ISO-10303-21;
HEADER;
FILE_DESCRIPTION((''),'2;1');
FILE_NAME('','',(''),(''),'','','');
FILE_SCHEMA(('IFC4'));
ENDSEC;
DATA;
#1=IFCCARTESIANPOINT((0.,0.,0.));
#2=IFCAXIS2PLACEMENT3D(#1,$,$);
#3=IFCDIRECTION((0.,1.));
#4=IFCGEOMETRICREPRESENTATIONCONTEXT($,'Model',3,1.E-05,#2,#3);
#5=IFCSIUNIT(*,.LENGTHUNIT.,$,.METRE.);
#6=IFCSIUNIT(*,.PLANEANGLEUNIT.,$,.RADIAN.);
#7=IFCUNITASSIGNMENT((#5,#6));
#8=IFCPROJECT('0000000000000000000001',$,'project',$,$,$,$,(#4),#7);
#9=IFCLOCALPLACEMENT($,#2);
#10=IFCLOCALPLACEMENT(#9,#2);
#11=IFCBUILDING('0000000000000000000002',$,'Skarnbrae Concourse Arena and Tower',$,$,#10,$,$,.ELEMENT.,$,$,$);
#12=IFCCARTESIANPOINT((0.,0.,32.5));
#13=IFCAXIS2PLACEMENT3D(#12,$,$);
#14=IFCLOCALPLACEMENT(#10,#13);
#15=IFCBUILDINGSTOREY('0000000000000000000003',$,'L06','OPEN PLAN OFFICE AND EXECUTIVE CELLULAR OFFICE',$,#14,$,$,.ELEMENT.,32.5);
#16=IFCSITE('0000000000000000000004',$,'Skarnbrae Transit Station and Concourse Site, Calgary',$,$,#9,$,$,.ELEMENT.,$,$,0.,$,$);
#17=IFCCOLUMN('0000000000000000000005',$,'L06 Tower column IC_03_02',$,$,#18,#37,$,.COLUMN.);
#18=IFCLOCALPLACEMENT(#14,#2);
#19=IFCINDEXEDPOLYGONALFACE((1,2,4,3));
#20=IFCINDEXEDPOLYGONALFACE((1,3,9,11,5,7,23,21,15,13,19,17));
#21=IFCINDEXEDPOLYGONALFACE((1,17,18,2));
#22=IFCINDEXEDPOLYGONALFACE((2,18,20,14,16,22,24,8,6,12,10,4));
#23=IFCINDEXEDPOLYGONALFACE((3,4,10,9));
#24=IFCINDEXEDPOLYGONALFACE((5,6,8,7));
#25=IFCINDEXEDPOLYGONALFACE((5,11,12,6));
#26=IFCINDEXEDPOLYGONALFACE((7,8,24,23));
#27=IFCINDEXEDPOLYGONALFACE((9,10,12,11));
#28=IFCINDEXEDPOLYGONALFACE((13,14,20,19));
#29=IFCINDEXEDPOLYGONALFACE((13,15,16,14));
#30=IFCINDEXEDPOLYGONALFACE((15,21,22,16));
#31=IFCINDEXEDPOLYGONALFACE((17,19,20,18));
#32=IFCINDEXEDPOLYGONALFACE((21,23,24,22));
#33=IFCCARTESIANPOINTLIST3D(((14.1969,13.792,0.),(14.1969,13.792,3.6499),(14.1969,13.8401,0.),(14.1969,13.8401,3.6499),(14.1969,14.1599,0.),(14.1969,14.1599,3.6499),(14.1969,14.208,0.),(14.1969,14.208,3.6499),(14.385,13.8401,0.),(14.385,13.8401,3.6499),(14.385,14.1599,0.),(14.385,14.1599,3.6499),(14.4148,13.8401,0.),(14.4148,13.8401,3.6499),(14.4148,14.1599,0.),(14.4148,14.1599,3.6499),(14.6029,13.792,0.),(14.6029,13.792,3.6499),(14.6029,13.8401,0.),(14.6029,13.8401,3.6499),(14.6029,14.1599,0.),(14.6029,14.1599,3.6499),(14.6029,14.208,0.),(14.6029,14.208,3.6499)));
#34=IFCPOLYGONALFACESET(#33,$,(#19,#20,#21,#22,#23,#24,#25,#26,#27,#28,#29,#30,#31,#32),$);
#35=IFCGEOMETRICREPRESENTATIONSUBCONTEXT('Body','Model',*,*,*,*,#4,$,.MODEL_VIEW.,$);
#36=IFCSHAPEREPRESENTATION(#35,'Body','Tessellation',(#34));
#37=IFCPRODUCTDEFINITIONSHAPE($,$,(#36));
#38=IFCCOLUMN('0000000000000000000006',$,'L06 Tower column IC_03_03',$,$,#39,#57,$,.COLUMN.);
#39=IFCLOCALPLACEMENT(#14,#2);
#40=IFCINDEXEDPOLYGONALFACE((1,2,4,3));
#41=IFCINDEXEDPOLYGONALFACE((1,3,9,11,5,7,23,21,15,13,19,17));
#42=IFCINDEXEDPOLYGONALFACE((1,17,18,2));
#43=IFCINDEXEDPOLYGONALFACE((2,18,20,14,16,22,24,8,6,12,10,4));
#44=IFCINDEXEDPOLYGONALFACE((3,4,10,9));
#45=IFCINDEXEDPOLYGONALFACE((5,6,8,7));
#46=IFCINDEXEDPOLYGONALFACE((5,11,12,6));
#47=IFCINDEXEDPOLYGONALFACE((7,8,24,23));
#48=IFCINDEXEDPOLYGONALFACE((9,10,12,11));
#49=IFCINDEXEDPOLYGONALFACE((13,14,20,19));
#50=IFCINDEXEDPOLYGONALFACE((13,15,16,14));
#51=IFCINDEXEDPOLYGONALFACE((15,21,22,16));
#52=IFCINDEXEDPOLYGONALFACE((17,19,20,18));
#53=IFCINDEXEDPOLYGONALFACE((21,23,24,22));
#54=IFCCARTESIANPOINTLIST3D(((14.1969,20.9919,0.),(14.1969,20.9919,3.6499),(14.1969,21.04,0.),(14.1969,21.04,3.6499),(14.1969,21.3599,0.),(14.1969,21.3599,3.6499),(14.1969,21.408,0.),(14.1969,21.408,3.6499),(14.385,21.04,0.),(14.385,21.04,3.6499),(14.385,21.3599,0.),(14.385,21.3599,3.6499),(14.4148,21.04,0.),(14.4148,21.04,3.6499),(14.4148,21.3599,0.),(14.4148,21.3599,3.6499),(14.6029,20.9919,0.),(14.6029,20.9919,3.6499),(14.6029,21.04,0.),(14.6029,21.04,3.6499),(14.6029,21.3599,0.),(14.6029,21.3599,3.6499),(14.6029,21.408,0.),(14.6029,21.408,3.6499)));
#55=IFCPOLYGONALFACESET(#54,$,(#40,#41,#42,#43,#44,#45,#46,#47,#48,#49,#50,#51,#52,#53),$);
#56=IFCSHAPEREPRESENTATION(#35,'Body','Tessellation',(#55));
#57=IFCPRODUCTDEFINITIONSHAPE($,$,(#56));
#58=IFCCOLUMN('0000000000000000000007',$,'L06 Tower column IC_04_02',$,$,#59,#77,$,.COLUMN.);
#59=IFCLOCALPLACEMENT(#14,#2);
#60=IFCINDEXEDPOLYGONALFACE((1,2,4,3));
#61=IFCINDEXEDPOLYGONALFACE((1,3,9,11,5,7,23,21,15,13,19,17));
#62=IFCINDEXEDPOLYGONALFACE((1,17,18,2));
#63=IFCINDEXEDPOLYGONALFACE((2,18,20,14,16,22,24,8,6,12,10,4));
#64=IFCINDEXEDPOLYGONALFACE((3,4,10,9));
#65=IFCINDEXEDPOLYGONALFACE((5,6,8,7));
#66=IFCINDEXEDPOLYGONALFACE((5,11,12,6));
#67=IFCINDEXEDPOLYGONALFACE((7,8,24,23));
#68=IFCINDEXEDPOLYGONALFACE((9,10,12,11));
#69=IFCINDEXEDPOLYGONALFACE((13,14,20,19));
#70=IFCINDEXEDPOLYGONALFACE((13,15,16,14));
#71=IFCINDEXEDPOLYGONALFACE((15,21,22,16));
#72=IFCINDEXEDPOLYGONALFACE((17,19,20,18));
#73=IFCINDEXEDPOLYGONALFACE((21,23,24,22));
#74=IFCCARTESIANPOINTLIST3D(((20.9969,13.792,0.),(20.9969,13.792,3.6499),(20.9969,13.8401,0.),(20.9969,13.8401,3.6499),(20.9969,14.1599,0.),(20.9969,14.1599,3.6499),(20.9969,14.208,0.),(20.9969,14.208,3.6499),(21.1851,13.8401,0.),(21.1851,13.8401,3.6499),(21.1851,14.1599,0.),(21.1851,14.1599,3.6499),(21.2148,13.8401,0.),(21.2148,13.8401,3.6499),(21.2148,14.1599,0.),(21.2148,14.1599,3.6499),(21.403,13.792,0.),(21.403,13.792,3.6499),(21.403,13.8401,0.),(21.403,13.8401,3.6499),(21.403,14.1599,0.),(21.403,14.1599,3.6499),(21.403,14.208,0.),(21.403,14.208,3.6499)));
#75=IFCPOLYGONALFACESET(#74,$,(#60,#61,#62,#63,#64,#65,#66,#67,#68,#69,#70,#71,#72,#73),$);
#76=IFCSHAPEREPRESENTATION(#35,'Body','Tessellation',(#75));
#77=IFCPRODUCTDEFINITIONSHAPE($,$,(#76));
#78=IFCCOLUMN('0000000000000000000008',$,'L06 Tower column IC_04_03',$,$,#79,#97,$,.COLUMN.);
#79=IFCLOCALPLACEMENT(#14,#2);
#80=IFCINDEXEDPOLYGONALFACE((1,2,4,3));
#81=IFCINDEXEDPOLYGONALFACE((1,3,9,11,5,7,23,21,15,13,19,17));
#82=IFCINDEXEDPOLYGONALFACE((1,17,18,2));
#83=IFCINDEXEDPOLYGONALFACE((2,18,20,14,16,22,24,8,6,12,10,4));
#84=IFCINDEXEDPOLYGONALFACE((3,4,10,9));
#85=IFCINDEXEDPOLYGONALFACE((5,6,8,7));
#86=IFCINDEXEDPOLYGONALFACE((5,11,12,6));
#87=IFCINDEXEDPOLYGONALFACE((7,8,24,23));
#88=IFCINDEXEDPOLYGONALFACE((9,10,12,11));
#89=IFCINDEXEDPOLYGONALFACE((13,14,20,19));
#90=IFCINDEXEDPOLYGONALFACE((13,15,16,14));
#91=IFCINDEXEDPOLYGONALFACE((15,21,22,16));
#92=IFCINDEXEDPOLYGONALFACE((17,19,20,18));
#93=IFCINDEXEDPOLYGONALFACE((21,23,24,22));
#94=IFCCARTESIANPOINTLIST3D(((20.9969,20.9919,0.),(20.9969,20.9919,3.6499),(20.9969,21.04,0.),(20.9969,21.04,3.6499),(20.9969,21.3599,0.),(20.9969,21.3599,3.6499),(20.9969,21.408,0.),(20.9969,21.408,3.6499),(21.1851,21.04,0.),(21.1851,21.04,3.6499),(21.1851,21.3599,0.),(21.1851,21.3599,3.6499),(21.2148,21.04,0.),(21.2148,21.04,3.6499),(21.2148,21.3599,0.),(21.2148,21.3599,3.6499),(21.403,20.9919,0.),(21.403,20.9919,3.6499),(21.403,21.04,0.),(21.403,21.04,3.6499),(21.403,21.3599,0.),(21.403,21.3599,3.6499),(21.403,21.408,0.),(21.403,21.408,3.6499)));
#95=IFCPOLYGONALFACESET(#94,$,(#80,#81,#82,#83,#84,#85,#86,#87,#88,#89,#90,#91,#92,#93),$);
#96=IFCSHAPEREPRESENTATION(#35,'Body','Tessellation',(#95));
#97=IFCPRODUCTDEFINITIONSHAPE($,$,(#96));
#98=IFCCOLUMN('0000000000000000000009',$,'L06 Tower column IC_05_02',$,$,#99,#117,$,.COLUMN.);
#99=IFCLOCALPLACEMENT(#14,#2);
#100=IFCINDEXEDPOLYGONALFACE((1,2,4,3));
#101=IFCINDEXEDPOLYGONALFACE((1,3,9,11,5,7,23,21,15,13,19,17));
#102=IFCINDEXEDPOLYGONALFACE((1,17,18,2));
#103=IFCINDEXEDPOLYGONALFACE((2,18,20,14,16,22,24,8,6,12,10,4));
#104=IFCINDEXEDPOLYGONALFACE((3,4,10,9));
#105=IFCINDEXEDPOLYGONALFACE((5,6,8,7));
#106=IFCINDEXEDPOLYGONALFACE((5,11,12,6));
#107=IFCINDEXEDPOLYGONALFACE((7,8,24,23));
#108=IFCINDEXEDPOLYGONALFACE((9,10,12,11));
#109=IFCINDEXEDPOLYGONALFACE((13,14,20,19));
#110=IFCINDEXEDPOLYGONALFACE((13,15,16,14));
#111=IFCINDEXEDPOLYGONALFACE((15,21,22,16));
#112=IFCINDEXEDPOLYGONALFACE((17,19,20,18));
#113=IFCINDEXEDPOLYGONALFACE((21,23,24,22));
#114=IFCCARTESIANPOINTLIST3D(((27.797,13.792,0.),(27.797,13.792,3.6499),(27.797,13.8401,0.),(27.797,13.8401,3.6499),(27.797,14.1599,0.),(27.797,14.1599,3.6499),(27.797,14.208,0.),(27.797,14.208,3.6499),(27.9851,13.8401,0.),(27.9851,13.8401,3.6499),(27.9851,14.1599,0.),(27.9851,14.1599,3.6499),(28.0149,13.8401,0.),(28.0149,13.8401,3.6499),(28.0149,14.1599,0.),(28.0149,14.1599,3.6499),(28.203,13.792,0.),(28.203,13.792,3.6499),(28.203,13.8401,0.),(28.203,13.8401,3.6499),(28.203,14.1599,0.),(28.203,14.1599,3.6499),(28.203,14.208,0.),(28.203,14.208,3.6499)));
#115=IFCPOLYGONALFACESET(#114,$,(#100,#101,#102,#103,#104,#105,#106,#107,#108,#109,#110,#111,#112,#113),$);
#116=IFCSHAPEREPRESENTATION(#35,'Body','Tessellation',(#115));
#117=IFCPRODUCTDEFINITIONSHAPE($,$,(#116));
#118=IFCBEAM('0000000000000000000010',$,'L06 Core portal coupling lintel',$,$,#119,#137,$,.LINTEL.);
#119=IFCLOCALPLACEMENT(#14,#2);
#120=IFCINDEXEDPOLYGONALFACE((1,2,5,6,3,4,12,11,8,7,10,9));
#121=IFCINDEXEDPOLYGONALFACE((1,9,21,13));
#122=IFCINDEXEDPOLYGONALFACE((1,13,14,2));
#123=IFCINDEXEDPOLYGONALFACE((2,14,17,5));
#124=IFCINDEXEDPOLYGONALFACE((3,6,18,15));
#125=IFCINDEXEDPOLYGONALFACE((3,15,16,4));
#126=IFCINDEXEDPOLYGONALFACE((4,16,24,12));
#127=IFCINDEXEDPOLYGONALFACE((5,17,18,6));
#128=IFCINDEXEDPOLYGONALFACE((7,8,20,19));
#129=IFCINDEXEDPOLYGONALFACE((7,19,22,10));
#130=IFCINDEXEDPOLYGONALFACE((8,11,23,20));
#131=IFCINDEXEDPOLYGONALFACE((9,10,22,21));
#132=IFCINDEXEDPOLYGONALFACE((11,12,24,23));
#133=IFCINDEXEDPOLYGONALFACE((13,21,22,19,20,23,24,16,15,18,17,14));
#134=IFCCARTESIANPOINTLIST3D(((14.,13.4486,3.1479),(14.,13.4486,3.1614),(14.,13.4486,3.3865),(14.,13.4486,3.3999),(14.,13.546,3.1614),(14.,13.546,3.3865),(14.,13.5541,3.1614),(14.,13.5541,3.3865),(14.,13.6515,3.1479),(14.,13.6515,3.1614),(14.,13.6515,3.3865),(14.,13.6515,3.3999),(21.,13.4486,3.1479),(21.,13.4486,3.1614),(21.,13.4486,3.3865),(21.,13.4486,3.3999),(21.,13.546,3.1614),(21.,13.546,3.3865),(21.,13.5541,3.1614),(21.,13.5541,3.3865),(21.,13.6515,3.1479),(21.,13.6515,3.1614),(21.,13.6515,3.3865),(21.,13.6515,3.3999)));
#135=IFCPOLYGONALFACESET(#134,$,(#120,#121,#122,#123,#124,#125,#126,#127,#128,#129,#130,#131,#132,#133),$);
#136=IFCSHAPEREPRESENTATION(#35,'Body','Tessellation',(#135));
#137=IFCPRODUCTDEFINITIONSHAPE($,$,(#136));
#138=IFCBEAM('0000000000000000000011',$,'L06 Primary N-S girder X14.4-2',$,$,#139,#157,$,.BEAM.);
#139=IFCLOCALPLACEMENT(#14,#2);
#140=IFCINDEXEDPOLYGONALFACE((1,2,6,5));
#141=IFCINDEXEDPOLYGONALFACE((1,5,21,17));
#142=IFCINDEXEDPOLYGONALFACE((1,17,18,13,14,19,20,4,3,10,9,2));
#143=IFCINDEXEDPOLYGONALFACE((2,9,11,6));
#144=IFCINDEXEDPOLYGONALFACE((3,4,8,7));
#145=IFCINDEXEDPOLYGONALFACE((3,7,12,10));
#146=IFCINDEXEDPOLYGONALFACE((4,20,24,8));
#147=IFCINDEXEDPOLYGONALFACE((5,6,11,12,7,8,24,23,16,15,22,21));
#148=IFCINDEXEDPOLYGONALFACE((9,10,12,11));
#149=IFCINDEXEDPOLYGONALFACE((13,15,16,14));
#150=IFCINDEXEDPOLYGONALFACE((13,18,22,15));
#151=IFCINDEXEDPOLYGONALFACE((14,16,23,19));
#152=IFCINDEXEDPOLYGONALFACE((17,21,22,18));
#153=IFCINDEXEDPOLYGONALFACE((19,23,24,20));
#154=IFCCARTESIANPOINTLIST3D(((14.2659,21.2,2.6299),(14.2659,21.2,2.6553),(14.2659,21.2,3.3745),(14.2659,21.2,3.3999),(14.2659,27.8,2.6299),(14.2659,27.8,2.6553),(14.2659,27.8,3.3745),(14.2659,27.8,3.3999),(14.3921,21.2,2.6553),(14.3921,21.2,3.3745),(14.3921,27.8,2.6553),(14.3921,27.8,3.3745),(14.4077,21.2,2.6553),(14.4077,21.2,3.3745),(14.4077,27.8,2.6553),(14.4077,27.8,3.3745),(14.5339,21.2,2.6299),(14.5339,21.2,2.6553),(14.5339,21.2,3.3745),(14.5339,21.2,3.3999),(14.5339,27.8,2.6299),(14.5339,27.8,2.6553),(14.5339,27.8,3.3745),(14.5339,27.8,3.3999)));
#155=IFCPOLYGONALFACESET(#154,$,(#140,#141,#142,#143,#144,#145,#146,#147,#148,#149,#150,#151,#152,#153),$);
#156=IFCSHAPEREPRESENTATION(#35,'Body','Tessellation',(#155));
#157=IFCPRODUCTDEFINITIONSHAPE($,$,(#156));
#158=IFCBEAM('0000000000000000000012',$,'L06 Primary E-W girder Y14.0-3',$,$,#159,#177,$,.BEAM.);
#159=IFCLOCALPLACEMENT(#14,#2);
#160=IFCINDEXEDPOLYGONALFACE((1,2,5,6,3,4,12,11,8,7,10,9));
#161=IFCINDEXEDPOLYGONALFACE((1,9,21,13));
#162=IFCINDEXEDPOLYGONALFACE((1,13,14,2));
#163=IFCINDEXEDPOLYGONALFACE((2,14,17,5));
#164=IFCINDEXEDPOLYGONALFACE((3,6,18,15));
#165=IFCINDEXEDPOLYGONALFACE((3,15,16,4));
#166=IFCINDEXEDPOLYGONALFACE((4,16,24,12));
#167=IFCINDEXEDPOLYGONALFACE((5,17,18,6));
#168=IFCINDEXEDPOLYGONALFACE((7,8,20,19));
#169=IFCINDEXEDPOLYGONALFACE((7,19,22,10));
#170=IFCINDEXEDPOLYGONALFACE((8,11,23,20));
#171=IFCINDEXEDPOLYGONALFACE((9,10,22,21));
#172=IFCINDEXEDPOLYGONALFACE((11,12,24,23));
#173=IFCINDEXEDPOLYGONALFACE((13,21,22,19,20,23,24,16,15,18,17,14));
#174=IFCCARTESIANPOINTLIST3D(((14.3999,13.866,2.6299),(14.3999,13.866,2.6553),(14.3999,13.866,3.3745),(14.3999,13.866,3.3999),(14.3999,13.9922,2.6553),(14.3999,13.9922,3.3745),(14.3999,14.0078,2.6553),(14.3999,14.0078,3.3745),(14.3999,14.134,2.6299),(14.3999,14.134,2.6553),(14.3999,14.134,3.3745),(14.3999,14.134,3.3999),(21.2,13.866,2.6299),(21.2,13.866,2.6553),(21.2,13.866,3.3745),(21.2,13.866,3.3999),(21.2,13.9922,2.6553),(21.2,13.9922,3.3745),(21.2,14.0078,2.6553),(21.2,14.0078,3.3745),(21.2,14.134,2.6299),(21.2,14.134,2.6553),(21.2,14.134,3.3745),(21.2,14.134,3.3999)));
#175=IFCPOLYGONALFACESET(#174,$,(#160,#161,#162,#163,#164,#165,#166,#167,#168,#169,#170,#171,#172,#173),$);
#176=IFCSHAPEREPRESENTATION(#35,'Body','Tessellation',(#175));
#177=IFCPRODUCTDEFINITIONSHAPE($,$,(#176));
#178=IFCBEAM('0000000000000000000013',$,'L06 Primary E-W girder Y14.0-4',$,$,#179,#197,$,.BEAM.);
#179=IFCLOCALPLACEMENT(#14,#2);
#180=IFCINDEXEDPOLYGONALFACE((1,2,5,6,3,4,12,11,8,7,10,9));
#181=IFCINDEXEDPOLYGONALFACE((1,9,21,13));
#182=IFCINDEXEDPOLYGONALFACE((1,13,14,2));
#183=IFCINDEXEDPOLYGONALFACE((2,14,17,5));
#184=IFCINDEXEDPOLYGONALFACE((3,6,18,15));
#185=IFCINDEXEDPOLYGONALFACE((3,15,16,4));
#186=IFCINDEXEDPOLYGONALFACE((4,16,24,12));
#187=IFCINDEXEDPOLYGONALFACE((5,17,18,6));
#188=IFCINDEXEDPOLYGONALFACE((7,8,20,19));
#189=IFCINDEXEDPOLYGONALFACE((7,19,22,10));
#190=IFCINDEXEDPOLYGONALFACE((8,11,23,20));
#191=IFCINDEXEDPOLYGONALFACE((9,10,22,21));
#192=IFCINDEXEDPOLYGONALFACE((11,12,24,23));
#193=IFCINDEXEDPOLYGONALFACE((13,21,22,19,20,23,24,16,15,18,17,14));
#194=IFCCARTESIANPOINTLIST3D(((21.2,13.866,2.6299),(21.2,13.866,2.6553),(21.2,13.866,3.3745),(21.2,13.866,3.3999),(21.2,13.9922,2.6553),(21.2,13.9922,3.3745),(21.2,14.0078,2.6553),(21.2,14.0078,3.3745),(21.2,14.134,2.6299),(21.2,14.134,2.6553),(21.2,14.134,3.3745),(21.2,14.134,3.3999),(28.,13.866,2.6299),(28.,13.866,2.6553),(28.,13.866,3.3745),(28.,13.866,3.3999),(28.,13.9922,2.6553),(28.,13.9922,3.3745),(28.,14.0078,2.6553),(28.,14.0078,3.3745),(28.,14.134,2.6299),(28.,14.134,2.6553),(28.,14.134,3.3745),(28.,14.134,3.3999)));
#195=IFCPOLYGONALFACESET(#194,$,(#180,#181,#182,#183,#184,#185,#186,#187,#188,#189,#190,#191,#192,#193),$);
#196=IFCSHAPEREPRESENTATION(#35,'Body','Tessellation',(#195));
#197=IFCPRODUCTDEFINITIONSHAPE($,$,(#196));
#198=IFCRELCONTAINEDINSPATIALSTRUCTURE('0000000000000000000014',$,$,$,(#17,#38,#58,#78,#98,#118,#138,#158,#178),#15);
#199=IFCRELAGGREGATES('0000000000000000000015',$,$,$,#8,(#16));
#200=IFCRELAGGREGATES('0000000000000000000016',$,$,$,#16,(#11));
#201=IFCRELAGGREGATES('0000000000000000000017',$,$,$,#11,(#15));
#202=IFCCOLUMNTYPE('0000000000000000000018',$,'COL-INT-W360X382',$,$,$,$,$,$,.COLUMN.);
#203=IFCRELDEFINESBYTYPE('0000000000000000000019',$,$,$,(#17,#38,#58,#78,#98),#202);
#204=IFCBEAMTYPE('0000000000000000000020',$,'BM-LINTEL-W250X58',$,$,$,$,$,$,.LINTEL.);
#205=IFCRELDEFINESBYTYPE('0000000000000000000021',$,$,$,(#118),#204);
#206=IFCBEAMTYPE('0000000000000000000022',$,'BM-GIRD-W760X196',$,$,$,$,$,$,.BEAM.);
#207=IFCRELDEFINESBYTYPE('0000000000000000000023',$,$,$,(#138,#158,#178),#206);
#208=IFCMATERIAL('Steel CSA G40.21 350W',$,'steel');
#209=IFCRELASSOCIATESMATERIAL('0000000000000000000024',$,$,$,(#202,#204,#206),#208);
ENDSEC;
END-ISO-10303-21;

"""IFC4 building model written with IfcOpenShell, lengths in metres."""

from ifc_helpers import new_model, si_unit, direction, frame, origin, origin_2d, place, context, subcontext, project, spatial, i_section, extrude, source, transform, mapped, material, material_profile, profile_set, type_object, element, save


model = new_model("IFC4")

# Units and contexts
model_context = context("Model", 3, precision=1e-05, world=origin(), true_north=direction((0.0, 1.0)))
body_context = subcontext(model_context, "Body", "Model", "MODEL_VIEW")
ifc_project = project(units=[si_unit("LENGTHUNIT", "METRE"), si_unit("PLANEANGLEUNIT", "RADIAN")], contexts=[model_context])

# Site, building, storey
site_placement = place(None, origin())
site = spatial("IfcSite", under=ifc_project, at=site_placement, Name="Skarnbrae Transit Station and Concourse Site, Calgary", CompositionType="ELEMENT", RefElevation=0.0)
building_placement = place(site_placement, origin())
building = spatial("IfcBuilding", under=site, at=building_placement, Name="Skarnbrae Concourse Arena and Tower", CompositionType="ELEMENT")
storey_placement = place(building_placement, frame((0.0, 0.0, 32.5)))
storey = spatial("IfcBuildingStorey", under=building, at=storey_placement, Name="L06", Description="OPEN PLAN OFFICE AND EXECUTIVE CELLULAR OFFICE", CompositionType="ELEMENT", Elevation=32.5)

# Columns
ifc_material_1 = material(Name="Steel CSA G40.21 350W", Category="steel")
ifc_material_profile_1 = material_profile(ifc_material_1, i_section(OverallWidth=0.406, OverallDepth=0.416, WebThickness=0.0298, FlangeThickness=0.0481, at=origin_2d()), Name="W360X382")
ifc_profile_set_1 = profile_set([ifc_material_profile_1], Name="Steel CSA G40.21 350W")
column_type = type_object("IfcColumnType", Name="COL-INT-W360X382", PredefinedType="COLUMN", material=ifc_profile_set_1)
shared_shape_1 = source(origin(), body_context, "Body", "SweptSolid", [
    extrude(i_section(OverallWidth=0.406, OverallDepth=0.416, WebThickness=0.0298, FlangeThickness=0.0481, at=origin_2d()), origin(), (0.0, 0.0, 1.0), 3.6499),
])
for number, where, z_axis, x_axis, name in (
    (1, (14.3999, 14.0, 0.0), (0.0, 0.0, 1.0), (1.0, 0.0, 0.0), "L06 Tower column IC_03_02"),
    (2, (14.3999, 21.2, 0.0), (0.0, 0.0, 1.0), (1.0, 0.0, 0.0), "L06 Tower column IC_03_03"),
    (3, (21.2, 14.0, 0.0), (0.0, 0.0, 1.0), (1.0, 0.0, 0.0), "L06 Tower column IC_04_02"),
    (4, (21.2, 21.2, 0.0), (0.0, 0.0, 1.0), (1.0, 0.0, 0.0), "L06 Tower column IC_04_03"),
    (5, (28.0, 14.0, 0.0), (0.0, 0.0, 1.0), (1.0, 0.0, 0.0), "L06 Tower column IC_05_02"),
):
    element("IfcColumn", number, at=place(storey_placement, frame(where, z_axis=z_axis, x_axis=x_axis)), inside=storey, type_object=column_type, Name=name, PredefinedType="COLUMN", context=body_context, shape_type="MappedRepresentation", body=[
        mapped(shared_shape_1, transform((0.0, 0.0, 0.0))),
    ])

# Beams
ifc_material_profile_2 = material_profile(ifc_material_1, i_section(OverallWidth=0.2029, OverallDepth=0.252, WebThickness=0.0081, FlangeThickness=0.0134, at=origin_2d()), Name="W250X58")
ifc_profile_set_2 = profile_set([ifc_material_profile_2], Name="Steel CSA G40.21 350W")
beam_type_1 = type_object("IfcBeamType", Name="BM-LINTEL-W250X58", PredefinedType="LINTEL", material=ifc_profile_set_2)
shared_shape_2 = source(origin(), body_context, "Body", "SweptSolid", [
    extrude(i_section(OverallWidth=0.2029, OverallDepth=0.252, WebThickness=0.0081, FlangeThickness=0.0134, at=origin_2d()), origin(), (0.0, 0.0, 1.0), 7.0),
])
beam_1_placement = place(storey_placement, frame((14.0, 13.55, 3.2739), z_axis=(1.0, 0.0, 0.0), x_axis=(0.0, 1.0, 0.0)))
element("IfcBeam", 6, at=beam_1_placement, inside=storey, type_object=beam_type_1, Name="L06 Core portal coupling lintel", PredefinedType="LINTEL", context=body_context, shape_type="MappedRepresentation", body=[
    mapped(shared_shape_2, transform((0.0, 0.0, 0.0))),
])
ifc_material_profile_3 = material_profile(ifc_material_1, i_section(OverallWidth=0.2681, OverallDepth=0.77, WebThickness=0.0156, FlangeThickness=0.0254, at=origin_2d()), Name="W760X196")
ifc_profile_set_3 = profile_set([ifc_material_profile_3], Name="Steel CSA G40.21 350W")
beam_type_2 = type_object("IfcBeamType", Name="BM-GIRD-W760X196", PredefinedType="BEAM", material=ifc_profile_set_3)
shared_shape_3 = source(origin(), body_context, "Body", "SweptSolid", [
    extrude(i_section(OverallWidth=0.2681, OverallDepth=0.77, WebThickness=0.0156, FlangeThickness=0.0254, at=origin_2d()), origin(), (0.0, 0.0, 1.0), 6.6001),
])
beam_2_placement = place(storey_placement, frame((14.3999, 21.2, 3.0149), z_axis=(0.0, 1.0, 0.0), x_axis=(-1.0, 0.0, 0.0)))
element("IfcBeam", 7, at=beam_2_placement, inside=storey, type_object=beam_type_2, Name="L06 Primary N-S girder X14.4-2", PredefinedType="BEAM", context=body_context, shape_type="MappedRepresentation", body=[
    mapped(shared_shape_3, transform((0.0, 0.0, 0.0))),
])
shared_shape_4 = source(origin(), body_context, "Body", "SweptSolid", [
    extrude(i_section(OverallWidth=0.2681, OverallDepth=0.77, WebThickness=0.0156, FlangeThickness=0.0254, at=origin_2d()), origin(), (0.0, 0.0, 1.0), 6.8),
])
for number, where, z_axis, x_axis, name in (
    (8, (14.3999, 14.0, 3.0149), (1.0, 0.0, 0.0), (0.0, 1.0, 0.0), "L06 Primary E-W girder Y14.0-3"),
    (9, (21.2, 14.0, 3.0149), (1.0, 0.0, 0.0), (0.0, 1.0, 0.0), "L06 Primary E-W girder Y14.0-4"),
):
    element("IfcBeam", number, at=place(storey_placement, frame(where, z_axis=z_axis, x_axis=x_axis)), inside=storey, type_object=beam_type_2, Name=name, PredefinedType="BEAM", context=body_context, shape_type="MappedRepresentation", body=[
        mapped(shared_shape_4, transform((0.0, 0.0, 0.0))),
    ])

save(model, "model.ifc")
